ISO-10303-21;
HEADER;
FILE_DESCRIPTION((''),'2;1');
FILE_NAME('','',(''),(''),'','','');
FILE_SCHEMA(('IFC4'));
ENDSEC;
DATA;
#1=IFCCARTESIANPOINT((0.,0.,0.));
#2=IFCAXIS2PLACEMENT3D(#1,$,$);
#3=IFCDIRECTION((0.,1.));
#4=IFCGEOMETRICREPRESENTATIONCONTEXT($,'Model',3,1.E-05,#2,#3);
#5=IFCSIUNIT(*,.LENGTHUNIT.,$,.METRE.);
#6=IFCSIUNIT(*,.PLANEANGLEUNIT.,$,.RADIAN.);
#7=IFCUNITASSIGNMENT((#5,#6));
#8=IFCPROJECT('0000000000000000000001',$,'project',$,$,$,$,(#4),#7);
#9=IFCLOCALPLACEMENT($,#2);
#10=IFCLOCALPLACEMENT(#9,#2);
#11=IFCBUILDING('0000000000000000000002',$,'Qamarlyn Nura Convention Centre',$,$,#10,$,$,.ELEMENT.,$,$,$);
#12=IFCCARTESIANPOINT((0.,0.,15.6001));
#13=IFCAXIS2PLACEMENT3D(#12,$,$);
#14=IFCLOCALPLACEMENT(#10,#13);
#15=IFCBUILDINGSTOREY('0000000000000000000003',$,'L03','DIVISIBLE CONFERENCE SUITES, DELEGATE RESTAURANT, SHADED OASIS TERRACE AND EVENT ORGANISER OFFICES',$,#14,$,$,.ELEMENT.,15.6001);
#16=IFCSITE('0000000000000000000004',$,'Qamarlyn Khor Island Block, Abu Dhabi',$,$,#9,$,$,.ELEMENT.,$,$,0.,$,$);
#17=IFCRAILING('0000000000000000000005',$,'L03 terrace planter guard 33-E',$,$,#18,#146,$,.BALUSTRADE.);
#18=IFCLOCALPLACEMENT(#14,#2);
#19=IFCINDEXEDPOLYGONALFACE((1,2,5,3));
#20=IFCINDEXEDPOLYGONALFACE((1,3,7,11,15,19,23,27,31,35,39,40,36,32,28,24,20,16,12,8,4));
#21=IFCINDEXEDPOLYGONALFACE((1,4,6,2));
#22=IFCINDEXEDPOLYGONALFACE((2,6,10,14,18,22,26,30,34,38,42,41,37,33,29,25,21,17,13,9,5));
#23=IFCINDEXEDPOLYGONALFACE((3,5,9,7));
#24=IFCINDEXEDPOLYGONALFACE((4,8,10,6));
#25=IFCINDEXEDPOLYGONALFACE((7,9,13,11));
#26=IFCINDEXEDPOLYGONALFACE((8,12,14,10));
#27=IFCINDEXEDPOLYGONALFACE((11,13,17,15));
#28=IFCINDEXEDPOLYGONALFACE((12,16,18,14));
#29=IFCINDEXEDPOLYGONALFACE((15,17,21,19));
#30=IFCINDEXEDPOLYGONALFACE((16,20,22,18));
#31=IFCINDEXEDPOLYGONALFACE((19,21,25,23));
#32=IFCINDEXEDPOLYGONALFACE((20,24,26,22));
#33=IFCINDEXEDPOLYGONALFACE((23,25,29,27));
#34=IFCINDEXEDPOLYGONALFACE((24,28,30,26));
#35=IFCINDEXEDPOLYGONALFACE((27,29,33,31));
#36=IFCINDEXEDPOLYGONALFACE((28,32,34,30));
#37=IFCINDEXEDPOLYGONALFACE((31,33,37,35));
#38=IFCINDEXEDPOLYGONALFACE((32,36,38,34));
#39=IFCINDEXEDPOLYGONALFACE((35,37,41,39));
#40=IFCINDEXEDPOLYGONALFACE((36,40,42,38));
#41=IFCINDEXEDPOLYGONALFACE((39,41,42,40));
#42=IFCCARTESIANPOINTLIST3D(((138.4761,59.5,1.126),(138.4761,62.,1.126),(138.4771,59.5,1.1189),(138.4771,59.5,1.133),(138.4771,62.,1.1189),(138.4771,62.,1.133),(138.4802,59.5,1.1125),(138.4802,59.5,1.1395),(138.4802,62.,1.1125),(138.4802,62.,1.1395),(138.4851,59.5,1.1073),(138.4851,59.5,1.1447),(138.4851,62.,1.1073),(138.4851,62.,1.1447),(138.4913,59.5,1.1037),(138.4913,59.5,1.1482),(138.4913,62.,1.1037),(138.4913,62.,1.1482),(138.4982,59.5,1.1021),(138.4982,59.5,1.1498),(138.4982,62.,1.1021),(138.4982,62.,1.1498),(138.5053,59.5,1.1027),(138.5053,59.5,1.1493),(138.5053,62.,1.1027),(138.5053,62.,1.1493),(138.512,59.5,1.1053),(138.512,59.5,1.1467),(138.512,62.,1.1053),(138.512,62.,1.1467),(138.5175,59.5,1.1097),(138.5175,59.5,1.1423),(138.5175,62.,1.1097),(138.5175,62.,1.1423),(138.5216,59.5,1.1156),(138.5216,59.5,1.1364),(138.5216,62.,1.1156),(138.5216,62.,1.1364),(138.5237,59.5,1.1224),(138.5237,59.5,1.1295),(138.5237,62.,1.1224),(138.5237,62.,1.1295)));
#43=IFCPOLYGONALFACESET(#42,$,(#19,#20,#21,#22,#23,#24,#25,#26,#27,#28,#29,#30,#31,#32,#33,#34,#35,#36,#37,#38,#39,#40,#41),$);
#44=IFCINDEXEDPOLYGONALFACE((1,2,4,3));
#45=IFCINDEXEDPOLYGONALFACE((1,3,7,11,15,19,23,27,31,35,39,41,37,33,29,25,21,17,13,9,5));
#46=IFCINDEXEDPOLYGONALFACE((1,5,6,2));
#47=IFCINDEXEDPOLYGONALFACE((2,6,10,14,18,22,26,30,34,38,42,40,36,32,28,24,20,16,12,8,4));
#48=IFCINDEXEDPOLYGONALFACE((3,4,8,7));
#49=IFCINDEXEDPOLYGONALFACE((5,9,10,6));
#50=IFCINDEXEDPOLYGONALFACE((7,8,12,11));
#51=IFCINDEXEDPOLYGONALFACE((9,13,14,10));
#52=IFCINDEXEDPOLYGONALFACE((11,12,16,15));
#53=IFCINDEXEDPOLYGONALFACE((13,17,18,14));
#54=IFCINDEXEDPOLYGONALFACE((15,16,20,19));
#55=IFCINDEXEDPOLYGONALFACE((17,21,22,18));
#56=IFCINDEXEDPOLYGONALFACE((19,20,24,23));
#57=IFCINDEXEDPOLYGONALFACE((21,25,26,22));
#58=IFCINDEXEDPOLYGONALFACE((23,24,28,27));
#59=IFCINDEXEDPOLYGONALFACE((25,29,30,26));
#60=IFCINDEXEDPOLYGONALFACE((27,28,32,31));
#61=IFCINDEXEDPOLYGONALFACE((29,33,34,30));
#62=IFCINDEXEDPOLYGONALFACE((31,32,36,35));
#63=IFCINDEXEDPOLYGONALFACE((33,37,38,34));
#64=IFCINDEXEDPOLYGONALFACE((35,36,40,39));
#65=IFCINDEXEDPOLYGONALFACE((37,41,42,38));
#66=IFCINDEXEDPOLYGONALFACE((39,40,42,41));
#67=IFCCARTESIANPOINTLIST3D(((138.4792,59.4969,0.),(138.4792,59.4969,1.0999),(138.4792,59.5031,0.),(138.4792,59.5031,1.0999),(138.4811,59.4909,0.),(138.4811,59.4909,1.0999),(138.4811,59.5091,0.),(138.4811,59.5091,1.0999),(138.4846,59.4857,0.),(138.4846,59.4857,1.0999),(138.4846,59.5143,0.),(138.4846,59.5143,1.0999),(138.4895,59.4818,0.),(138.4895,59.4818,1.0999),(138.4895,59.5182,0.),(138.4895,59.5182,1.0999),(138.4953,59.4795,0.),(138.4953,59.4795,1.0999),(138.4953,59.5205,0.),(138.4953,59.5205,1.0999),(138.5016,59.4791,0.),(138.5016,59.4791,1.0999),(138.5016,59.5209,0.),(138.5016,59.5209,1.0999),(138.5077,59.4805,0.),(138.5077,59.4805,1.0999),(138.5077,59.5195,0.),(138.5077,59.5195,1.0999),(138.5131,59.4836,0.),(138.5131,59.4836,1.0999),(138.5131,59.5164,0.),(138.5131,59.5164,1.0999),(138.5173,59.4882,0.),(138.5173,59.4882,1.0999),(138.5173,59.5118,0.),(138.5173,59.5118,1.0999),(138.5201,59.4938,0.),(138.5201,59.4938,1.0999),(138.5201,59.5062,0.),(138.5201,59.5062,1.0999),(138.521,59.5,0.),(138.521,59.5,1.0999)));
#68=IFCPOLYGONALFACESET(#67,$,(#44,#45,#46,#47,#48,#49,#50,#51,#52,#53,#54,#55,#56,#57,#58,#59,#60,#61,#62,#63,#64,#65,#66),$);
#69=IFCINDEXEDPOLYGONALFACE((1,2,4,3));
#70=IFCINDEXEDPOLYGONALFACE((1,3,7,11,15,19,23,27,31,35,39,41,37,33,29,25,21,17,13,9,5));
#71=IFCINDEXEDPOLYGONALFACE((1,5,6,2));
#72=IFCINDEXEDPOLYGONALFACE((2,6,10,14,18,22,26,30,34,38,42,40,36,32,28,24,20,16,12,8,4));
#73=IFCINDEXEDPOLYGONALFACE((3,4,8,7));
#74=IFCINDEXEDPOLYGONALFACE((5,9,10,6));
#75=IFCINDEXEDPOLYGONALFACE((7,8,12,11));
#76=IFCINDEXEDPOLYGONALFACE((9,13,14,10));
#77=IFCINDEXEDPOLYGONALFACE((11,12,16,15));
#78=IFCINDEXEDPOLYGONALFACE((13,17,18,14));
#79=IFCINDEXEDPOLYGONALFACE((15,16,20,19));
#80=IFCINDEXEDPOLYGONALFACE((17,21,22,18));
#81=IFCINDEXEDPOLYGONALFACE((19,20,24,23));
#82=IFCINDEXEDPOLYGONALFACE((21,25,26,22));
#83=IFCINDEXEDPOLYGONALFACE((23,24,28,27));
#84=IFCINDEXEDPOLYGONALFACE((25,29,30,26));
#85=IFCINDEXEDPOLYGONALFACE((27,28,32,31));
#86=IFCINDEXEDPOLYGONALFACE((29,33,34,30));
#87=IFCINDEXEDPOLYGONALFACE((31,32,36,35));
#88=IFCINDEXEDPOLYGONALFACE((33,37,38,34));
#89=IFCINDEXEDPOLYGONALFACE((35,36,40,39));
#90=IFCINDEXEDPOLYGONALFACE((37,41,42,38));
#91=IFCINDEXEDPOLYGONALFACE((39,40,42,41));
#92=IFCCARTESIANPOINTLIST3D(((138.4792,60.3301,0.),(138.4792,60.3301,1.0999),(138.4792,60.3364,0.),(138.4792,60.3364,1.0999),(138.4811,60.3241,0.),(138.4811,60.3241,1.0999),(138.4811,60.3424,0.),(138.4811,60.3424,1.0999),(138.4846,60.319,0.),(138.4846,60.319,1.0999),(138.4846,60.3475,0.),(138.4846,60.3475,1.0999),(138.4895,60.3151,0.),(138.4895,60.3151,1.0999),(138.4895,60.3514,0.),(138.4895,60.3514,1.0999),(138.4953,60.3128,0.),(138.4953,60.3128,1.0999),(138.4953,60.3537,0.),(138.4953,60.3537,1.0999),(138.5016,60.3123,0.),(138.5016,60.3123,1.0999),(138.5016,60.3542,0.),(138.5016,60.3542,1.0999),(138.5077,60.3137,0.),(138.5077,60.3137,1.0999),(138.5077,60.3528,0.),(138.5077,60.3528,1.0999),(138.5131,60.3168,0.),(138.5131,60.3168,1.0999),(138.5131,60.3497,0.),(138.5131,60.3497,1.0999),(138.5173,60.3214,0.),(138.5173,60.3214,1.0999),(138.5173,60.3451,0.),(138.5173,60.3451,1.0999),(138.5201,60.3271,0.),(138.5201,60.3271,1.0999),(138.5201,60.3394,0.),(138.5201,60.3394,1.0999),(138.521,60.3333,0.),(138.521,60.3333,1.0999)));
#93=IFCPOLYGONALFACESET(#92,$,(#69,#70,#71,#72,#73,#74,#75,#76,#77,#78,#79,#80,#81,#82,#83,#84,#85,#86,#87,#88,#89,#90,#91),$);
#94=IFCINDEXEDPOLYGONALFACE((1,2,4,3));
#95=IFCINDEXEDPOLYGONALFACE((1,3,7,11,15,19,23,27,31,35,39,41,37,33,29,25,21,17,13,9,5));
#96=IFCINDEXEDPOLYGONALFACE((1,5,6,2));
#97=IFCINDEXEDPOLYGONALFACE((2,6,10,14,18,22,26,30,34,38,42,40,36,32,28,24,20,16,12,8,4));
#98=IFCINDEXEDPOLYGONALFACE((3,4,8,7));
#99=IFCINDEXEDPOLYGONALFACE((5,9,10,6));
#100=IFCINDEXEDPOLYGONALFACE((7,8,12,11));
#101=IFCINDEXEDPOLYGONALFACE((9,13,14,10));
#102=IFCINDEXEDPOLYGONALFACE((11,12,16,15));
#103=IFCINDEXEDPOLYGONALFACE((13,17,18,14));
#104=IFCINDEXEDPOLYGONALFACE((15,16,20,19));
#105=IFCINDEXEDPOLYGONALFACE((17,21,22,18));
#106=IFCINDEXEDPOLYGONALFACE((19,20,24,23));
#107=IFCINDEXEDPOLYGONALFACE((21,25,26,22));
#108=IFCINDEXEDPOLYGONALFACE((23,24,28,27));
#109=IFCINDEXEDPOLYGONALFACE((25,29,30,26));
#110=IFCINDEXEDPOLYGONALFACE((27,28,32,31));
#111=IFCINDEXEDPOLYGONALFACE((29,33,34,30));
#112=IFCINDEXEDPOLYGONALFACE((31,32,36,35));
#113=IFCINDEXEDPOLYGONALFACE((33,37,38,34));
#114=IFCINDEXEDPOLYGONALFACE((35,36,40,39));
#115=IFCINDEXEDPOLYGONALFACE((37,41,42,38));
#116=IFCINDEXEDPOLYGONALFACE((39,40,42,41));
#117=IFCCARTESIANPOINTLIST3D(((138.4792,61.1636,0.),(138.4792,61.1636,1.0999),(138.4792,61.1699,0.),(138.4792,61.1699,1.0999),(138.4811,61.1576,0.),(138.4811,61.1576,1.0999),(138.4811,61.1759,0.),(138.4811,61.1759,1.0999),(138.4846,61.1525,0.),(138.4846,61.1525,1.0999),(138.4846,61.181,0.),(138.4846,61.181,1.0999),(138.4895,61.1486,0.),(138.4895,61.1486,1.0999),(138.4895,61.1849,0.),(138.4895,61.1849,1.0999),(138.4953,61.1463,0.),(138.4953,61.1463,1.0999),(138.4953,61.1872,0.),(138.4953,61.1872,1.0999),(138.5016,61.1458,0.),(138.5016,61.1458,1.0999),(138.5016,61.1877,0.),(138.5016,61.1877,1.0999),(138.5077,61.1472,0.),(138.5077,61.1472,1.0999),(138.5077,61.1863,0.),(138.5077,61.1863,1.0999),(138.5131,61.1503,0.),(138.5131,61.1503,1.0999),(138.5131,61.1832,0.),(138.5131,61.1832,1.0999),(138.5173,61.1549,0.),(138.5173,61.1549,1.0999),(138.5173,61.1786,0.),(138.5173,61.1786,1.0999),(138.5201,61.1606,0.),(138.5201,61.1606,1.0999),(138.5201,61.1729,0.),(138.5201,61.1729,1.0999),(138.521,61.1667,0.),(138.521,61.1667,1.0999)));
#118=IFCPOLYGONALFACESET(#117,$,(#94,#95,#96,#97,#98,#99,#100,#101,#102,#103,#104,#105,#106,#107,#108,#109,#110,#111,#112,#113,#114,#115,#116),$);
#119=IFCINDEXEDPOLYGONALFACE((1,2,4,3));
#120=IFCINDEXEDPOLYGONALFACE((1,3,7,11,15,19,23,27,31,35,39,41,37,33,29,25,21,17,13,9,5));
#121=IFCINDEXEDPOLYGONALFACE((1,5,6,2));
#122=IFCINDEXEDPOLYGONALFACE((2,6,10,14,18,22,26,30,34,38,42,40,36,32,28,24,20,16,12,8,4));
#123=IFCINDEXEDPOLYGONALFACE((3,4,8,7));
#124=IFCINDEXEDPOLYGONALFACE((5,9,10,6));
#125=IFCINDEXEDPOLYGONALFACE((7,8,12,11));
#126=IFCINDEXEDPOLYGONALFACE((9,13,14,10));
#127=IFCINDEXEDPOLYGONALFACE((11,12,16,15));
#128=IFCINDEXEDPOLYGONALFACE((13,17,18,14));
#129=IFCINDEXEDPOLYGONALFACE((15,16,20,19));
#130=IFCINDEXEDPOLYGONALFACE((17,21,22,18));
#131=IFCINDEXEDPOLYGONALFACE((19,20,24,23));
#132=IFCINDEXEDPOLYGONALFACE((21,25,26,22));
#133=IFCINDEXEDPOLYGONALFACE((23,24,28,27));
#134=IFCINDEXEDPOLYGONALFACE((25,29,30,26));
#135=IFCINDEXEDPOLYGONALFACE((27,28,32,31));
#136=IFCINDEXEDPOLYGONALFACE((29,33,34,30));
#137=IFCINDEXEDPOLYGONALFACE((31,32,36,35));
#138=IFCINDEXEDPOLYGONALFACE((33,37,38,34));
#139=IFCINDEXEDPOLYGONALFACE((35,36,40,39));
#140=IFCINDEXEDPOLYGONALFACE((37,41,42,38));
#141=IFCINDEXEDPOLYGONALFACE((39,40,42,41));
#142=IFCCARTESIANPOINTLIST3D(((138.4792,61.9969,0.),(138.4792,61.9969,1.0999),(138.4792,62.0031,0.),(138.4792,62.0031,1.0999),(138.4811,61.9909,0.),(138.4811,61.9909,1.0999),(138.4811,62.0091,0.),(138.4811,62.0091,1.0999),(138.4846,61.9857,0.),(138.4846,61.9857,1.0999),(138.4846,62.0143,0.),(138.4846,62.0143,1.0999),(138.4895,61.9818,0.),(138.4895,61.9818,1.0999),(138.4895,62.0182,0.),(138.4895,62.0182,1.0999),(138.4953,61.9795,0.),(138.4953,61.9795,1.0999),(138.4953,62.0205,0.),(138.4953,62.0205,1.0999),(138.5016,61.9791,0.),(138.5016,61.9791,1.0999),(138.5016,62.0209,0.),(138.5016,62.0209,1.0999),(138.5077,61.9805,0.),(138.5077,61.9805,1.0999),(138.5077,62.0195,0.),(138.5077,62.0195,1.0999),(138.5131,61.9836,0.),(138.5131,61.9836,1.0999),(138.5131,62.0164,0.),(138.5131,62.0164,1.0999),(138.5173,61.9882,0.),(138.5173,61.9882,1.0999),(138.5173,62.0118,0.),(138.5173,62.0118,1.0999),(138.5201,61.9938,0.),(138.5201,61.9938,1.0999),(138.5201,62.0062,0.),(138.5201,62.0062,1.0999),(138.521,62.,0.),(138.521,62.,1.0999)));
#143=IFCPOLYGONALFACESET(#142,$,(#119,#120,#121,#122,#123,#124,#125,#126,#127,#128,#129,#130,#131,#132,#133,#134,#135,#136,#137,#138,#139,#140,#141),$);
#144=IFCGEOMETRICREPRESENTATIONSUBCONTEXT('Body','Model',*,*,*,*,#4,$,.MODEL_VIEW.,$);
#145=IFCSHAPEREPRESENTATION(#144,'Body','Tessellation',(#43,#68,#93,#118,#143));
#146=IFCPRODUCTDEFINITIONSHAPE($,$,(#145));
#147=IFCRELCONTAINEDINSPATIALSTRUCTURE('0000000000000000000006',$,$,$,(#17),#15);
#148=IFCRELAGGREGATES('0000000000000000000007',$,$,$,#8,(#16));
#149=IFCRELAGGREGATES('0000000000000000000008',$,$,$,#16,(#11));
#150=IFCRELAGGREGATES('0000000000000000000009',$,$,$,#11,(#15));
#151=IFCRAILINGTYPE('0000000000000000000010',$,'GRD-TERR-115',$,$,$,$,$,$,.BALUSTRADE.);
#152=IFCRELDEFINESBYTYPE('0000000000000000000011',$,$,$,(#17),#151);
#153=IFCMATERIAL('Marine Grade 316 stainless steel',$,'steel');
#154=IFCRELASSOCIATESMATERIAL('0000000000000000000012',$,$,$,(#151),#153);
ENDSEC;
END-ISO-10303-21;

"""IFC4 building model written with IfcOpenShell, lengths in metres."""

from ifc_helpers import new_model, si_unit, direction, frame, origin, origin_2d, place, context, subcontext, project, spatial, circle, extrude, material, type_object, element, save


model = new_model("IFC4")

# Units and contexts
model_context = context("Model", 3, precision=1e-05, world=origin(), true_north=direction((0.0, 1.0)))
body_context = subcontext(model_context, "Body", "Model", "MODEL_VIEW")
ifc_project = project(units=[si_unit("LENGTHUNIT", "METRE"), si_unit("PLANEANGLEUNIT", "RADIAN")], contexts=[model_context])

# Site, building, storey
site_placement = place(None, origin())
site = spatial("IfcSite", under=ifc_project, at=site_placement, Name="Qamarlyn Khor Island Block, Abu Dhabi", CompositionType="ELEMENT", RefElevation=0.0)
building_placement = place(site_placement, origin())
building = spatial("IfcBuilding", under=site, at=building_placement, Name="Qamarlyn Nura Convention Centre", CompositionType="ELEMENT")
storey_placement = place(building_placement, frame((0.0, 0.0, 15.6001)))
storey = spatial("IfcBuildingStorey", under=building, at=storey_placement, Name="L03", Description="DIVISIBLE CONFERENCE SUITES, DELEGATE RESTAURANT, SHADED OASIS TERRACE AND EVENT ORGANISER OFFICES", CompositionType="ELEMENT", Elevation=15.6001)

# Railing
ifc_material_1 = material(Name="Marine Grade 316 stainless steel", Category="steel")
railing_type_1 = type_object("IfcRailingType", Name="GRD-TERR-115", PredefinedType="BALUSTRADE", material=ifc_material_1)
railing_1_placement = place(storey_placement, frame((138.5, 59.5, 0.0)))
element("IfcRailing", 1, at=railing_1_placement, inside=storey, type_object=railing_type_1, Name="L03 terrace planter guard 33-E", PredefinedType="BALUSTRADE", context=body_context, shape_type="SweptSolid", body=[
    extrude(circle(Radius=0.0239, at=origin_2d()), frame((0.0, 0.0, 1.126), z_axis=(0.0, 1.0, 0.0), x_axis=(-1.0, 0.0, 0.0)), (0.0, 0.0, 1.0), 2.5),
    extrude(circle(Radius=0.021, at=origin_2d()), origin(), (0.0, 0.0, 1.0), 1.0999),
    extrude(circle(Radius=0.021, at=origin_2d()), frame((0.0, 0.8333, 0.0)), (0.0, 0.0, 1.0), 1.0999),
    extrude(circle(Radius=0.021, at=origin_2d()), frame((0.0, 1.6667, 0.0)), (0.0, 0.0, 1.0), 1.0999),
    extrude(circle(Radius=0.021, at=origin_2d()), frame((0.0, 2.5, 0.0)), (0.0, 0.0, 1.0), 1.0999),
])

save(model, "model.ifc")
